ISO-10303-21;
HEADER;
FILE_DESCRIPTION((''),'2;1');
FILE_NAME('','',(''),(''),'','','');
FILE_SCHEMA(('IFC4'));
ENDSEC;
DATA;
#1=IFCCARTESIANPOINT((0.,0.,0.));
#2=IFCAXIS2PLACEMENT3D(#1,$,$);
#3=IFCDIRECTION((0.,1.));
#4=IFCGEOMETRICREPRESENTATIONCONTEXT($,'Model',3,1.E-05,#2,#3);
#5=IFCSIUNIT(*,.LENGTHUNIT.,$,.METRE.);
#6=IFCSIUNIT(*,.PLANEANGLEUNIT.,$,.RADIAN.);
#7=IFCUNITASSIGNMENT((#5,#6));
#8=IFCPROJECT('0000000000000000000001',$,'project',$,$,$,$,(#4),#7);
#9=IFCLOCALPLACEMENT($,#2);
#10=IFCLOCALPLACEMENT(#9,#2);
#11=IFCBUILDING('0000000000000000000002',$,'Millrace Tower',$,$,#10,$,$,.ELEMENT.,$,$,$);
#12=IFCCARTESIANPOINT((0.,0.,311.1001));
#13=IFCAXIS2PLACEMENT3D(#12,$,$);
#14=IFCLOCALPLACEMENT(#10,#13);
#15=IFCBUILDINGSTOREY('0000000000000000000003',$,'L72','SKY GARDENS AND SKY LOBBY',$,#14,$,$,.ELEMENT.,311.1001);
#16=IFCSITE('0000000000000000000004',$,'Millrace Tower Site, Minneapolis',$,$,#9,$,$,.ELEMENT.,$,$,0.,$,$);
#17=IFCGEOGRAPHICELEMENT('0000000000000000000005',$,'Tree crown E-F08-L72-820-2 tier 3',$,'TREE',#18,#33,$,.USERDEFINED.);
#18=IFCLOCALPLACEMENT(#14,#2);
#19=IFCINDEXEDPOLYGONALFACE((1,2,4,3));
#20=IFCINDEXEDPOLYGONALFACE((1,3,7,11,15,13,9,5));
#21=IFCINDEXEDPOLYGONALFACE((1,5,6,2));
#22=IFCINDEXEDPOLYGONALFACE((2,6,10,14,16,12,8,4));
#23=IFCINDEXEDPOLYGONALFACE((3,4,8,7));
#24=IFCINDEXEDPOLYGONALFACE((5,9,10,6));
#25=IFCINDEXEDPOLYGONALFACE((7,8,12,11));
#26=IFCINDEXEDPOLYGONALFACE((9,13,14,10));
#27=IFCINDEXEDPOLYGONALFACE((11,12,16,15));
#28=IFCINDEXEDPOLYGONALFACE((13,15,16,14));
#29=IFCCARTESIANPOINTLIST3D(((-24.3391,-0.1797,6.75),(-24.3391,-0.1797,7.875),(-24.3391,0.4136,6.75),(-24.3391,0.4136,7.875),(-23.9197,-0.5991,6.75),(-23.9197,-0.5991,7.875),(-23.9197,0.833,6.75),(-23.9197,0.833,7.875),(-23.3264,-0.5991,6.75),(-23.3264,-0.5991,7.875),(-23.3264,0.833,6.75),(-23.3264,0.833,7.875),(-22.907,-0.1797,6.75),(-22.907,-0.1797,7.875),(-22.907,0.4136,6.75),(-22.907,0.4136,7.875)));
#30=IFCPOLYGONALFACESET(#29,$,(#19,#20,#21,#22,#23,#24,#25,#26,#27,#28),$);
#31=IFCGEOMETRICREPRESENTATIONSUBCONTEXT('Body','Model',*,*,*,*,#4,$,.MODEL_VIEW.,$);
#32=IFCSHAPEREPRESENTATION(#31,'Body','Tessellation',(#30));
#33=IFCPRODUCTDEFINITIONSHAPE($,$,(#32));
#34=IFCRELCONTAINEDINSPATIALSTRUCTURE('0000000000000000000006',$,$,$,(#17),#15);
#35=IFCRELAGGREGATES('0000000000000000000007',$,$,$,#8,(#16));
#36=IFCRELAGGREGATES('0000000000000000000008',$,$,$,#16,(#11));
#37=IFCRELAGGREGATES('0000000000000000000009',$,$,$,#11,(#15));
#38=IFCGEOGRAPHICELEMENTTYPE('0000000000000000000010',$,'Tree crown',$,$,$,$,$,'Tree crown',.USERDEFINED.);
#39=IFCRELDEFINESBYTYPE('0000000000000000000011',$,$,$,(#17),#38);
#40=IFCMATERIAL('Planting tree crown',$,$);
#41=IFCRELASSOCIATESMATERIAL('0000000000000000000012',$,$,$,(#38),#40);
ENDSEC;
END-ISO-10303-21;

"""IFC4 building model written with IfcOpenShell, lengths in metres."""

from ifc_helpers import new_model, si_unit, direction, frame, origin, place, context, subcontext, project, spatial, polyline, outline, extrude, material, type_object, element, save


model = new_model("IFC4")

# Units and contexts
model_context = context("Model", 3, precision=1e-05, world=origin(), true_north=direction((0.0, 1.0)))
body_context = subcontext(model_context, "Body", "Model", "MODEL_VIEW")
ifc_project = project(units=[si_unit("LENGTHUNIT", "METRE"), si_unit("PLANEANGLEUNIT", "RADIAN")], contexts=[model_context])

# Site, building, storey
site_placement = place(None, origin())
site = spatial("IfcSite", under=ifc_project, at=site_placement, Name="Millrace Tower Site, Minneapolis", CompositionType="ELEMENT", RefElevation=0.0)
building_placement = place(site_placement, origin())
building = spatial("IfcBuilding", under=site, at=building_placement, Name="Millrace Tower", CompositionType="ELEMENT")
storey_placement = place(building_placement, frame((0.0, 0.0, 311.1001)))
storey = spatial("IfcBuildingStorey", under=building, at=storey_placement, Name="L72", Description="SKY GARDENS AND SKY LOBBY", CompositionType="ELEMENT", Elevation=311.1001)

# Geographic element
ifc_material_1 = material(Name="Planting tree crown")
geographic_element_type = type_object("IfcGeographicElementType", Name="Tree crown", ElementType="Tree crown", PredefinedType="USERDEFINED", material=ifc_material_1)
placement_1 = place(storey_placement, frame((0.0, 0.0, 6.75)))
element("IfcGeographicElement", 1, at=placement_1, inside=storey, type_object=geographic_element_type, Name="Tree crown E-F08-L72-820-2 tier 3", ObjectType="TREE", PredefinedType="USERDEFINED", context=body_context, shape_type="SweptSolid", body=[
    extrude(outline(polyline([(-22.907, 0.4136), (-23.3264, 0.833), (-23.9197, 0.833), (-24.3391, 0.4136), (-24.3391, -0.1797), (-23.9197, -0.5991), (-23.3264, -0.5991), (-22.907, -0.1797), (-22.907, 0.4136)])), origin(), (0.0, 0.0, 1.0), 1.125),
])

save(model, "model.ifc")
